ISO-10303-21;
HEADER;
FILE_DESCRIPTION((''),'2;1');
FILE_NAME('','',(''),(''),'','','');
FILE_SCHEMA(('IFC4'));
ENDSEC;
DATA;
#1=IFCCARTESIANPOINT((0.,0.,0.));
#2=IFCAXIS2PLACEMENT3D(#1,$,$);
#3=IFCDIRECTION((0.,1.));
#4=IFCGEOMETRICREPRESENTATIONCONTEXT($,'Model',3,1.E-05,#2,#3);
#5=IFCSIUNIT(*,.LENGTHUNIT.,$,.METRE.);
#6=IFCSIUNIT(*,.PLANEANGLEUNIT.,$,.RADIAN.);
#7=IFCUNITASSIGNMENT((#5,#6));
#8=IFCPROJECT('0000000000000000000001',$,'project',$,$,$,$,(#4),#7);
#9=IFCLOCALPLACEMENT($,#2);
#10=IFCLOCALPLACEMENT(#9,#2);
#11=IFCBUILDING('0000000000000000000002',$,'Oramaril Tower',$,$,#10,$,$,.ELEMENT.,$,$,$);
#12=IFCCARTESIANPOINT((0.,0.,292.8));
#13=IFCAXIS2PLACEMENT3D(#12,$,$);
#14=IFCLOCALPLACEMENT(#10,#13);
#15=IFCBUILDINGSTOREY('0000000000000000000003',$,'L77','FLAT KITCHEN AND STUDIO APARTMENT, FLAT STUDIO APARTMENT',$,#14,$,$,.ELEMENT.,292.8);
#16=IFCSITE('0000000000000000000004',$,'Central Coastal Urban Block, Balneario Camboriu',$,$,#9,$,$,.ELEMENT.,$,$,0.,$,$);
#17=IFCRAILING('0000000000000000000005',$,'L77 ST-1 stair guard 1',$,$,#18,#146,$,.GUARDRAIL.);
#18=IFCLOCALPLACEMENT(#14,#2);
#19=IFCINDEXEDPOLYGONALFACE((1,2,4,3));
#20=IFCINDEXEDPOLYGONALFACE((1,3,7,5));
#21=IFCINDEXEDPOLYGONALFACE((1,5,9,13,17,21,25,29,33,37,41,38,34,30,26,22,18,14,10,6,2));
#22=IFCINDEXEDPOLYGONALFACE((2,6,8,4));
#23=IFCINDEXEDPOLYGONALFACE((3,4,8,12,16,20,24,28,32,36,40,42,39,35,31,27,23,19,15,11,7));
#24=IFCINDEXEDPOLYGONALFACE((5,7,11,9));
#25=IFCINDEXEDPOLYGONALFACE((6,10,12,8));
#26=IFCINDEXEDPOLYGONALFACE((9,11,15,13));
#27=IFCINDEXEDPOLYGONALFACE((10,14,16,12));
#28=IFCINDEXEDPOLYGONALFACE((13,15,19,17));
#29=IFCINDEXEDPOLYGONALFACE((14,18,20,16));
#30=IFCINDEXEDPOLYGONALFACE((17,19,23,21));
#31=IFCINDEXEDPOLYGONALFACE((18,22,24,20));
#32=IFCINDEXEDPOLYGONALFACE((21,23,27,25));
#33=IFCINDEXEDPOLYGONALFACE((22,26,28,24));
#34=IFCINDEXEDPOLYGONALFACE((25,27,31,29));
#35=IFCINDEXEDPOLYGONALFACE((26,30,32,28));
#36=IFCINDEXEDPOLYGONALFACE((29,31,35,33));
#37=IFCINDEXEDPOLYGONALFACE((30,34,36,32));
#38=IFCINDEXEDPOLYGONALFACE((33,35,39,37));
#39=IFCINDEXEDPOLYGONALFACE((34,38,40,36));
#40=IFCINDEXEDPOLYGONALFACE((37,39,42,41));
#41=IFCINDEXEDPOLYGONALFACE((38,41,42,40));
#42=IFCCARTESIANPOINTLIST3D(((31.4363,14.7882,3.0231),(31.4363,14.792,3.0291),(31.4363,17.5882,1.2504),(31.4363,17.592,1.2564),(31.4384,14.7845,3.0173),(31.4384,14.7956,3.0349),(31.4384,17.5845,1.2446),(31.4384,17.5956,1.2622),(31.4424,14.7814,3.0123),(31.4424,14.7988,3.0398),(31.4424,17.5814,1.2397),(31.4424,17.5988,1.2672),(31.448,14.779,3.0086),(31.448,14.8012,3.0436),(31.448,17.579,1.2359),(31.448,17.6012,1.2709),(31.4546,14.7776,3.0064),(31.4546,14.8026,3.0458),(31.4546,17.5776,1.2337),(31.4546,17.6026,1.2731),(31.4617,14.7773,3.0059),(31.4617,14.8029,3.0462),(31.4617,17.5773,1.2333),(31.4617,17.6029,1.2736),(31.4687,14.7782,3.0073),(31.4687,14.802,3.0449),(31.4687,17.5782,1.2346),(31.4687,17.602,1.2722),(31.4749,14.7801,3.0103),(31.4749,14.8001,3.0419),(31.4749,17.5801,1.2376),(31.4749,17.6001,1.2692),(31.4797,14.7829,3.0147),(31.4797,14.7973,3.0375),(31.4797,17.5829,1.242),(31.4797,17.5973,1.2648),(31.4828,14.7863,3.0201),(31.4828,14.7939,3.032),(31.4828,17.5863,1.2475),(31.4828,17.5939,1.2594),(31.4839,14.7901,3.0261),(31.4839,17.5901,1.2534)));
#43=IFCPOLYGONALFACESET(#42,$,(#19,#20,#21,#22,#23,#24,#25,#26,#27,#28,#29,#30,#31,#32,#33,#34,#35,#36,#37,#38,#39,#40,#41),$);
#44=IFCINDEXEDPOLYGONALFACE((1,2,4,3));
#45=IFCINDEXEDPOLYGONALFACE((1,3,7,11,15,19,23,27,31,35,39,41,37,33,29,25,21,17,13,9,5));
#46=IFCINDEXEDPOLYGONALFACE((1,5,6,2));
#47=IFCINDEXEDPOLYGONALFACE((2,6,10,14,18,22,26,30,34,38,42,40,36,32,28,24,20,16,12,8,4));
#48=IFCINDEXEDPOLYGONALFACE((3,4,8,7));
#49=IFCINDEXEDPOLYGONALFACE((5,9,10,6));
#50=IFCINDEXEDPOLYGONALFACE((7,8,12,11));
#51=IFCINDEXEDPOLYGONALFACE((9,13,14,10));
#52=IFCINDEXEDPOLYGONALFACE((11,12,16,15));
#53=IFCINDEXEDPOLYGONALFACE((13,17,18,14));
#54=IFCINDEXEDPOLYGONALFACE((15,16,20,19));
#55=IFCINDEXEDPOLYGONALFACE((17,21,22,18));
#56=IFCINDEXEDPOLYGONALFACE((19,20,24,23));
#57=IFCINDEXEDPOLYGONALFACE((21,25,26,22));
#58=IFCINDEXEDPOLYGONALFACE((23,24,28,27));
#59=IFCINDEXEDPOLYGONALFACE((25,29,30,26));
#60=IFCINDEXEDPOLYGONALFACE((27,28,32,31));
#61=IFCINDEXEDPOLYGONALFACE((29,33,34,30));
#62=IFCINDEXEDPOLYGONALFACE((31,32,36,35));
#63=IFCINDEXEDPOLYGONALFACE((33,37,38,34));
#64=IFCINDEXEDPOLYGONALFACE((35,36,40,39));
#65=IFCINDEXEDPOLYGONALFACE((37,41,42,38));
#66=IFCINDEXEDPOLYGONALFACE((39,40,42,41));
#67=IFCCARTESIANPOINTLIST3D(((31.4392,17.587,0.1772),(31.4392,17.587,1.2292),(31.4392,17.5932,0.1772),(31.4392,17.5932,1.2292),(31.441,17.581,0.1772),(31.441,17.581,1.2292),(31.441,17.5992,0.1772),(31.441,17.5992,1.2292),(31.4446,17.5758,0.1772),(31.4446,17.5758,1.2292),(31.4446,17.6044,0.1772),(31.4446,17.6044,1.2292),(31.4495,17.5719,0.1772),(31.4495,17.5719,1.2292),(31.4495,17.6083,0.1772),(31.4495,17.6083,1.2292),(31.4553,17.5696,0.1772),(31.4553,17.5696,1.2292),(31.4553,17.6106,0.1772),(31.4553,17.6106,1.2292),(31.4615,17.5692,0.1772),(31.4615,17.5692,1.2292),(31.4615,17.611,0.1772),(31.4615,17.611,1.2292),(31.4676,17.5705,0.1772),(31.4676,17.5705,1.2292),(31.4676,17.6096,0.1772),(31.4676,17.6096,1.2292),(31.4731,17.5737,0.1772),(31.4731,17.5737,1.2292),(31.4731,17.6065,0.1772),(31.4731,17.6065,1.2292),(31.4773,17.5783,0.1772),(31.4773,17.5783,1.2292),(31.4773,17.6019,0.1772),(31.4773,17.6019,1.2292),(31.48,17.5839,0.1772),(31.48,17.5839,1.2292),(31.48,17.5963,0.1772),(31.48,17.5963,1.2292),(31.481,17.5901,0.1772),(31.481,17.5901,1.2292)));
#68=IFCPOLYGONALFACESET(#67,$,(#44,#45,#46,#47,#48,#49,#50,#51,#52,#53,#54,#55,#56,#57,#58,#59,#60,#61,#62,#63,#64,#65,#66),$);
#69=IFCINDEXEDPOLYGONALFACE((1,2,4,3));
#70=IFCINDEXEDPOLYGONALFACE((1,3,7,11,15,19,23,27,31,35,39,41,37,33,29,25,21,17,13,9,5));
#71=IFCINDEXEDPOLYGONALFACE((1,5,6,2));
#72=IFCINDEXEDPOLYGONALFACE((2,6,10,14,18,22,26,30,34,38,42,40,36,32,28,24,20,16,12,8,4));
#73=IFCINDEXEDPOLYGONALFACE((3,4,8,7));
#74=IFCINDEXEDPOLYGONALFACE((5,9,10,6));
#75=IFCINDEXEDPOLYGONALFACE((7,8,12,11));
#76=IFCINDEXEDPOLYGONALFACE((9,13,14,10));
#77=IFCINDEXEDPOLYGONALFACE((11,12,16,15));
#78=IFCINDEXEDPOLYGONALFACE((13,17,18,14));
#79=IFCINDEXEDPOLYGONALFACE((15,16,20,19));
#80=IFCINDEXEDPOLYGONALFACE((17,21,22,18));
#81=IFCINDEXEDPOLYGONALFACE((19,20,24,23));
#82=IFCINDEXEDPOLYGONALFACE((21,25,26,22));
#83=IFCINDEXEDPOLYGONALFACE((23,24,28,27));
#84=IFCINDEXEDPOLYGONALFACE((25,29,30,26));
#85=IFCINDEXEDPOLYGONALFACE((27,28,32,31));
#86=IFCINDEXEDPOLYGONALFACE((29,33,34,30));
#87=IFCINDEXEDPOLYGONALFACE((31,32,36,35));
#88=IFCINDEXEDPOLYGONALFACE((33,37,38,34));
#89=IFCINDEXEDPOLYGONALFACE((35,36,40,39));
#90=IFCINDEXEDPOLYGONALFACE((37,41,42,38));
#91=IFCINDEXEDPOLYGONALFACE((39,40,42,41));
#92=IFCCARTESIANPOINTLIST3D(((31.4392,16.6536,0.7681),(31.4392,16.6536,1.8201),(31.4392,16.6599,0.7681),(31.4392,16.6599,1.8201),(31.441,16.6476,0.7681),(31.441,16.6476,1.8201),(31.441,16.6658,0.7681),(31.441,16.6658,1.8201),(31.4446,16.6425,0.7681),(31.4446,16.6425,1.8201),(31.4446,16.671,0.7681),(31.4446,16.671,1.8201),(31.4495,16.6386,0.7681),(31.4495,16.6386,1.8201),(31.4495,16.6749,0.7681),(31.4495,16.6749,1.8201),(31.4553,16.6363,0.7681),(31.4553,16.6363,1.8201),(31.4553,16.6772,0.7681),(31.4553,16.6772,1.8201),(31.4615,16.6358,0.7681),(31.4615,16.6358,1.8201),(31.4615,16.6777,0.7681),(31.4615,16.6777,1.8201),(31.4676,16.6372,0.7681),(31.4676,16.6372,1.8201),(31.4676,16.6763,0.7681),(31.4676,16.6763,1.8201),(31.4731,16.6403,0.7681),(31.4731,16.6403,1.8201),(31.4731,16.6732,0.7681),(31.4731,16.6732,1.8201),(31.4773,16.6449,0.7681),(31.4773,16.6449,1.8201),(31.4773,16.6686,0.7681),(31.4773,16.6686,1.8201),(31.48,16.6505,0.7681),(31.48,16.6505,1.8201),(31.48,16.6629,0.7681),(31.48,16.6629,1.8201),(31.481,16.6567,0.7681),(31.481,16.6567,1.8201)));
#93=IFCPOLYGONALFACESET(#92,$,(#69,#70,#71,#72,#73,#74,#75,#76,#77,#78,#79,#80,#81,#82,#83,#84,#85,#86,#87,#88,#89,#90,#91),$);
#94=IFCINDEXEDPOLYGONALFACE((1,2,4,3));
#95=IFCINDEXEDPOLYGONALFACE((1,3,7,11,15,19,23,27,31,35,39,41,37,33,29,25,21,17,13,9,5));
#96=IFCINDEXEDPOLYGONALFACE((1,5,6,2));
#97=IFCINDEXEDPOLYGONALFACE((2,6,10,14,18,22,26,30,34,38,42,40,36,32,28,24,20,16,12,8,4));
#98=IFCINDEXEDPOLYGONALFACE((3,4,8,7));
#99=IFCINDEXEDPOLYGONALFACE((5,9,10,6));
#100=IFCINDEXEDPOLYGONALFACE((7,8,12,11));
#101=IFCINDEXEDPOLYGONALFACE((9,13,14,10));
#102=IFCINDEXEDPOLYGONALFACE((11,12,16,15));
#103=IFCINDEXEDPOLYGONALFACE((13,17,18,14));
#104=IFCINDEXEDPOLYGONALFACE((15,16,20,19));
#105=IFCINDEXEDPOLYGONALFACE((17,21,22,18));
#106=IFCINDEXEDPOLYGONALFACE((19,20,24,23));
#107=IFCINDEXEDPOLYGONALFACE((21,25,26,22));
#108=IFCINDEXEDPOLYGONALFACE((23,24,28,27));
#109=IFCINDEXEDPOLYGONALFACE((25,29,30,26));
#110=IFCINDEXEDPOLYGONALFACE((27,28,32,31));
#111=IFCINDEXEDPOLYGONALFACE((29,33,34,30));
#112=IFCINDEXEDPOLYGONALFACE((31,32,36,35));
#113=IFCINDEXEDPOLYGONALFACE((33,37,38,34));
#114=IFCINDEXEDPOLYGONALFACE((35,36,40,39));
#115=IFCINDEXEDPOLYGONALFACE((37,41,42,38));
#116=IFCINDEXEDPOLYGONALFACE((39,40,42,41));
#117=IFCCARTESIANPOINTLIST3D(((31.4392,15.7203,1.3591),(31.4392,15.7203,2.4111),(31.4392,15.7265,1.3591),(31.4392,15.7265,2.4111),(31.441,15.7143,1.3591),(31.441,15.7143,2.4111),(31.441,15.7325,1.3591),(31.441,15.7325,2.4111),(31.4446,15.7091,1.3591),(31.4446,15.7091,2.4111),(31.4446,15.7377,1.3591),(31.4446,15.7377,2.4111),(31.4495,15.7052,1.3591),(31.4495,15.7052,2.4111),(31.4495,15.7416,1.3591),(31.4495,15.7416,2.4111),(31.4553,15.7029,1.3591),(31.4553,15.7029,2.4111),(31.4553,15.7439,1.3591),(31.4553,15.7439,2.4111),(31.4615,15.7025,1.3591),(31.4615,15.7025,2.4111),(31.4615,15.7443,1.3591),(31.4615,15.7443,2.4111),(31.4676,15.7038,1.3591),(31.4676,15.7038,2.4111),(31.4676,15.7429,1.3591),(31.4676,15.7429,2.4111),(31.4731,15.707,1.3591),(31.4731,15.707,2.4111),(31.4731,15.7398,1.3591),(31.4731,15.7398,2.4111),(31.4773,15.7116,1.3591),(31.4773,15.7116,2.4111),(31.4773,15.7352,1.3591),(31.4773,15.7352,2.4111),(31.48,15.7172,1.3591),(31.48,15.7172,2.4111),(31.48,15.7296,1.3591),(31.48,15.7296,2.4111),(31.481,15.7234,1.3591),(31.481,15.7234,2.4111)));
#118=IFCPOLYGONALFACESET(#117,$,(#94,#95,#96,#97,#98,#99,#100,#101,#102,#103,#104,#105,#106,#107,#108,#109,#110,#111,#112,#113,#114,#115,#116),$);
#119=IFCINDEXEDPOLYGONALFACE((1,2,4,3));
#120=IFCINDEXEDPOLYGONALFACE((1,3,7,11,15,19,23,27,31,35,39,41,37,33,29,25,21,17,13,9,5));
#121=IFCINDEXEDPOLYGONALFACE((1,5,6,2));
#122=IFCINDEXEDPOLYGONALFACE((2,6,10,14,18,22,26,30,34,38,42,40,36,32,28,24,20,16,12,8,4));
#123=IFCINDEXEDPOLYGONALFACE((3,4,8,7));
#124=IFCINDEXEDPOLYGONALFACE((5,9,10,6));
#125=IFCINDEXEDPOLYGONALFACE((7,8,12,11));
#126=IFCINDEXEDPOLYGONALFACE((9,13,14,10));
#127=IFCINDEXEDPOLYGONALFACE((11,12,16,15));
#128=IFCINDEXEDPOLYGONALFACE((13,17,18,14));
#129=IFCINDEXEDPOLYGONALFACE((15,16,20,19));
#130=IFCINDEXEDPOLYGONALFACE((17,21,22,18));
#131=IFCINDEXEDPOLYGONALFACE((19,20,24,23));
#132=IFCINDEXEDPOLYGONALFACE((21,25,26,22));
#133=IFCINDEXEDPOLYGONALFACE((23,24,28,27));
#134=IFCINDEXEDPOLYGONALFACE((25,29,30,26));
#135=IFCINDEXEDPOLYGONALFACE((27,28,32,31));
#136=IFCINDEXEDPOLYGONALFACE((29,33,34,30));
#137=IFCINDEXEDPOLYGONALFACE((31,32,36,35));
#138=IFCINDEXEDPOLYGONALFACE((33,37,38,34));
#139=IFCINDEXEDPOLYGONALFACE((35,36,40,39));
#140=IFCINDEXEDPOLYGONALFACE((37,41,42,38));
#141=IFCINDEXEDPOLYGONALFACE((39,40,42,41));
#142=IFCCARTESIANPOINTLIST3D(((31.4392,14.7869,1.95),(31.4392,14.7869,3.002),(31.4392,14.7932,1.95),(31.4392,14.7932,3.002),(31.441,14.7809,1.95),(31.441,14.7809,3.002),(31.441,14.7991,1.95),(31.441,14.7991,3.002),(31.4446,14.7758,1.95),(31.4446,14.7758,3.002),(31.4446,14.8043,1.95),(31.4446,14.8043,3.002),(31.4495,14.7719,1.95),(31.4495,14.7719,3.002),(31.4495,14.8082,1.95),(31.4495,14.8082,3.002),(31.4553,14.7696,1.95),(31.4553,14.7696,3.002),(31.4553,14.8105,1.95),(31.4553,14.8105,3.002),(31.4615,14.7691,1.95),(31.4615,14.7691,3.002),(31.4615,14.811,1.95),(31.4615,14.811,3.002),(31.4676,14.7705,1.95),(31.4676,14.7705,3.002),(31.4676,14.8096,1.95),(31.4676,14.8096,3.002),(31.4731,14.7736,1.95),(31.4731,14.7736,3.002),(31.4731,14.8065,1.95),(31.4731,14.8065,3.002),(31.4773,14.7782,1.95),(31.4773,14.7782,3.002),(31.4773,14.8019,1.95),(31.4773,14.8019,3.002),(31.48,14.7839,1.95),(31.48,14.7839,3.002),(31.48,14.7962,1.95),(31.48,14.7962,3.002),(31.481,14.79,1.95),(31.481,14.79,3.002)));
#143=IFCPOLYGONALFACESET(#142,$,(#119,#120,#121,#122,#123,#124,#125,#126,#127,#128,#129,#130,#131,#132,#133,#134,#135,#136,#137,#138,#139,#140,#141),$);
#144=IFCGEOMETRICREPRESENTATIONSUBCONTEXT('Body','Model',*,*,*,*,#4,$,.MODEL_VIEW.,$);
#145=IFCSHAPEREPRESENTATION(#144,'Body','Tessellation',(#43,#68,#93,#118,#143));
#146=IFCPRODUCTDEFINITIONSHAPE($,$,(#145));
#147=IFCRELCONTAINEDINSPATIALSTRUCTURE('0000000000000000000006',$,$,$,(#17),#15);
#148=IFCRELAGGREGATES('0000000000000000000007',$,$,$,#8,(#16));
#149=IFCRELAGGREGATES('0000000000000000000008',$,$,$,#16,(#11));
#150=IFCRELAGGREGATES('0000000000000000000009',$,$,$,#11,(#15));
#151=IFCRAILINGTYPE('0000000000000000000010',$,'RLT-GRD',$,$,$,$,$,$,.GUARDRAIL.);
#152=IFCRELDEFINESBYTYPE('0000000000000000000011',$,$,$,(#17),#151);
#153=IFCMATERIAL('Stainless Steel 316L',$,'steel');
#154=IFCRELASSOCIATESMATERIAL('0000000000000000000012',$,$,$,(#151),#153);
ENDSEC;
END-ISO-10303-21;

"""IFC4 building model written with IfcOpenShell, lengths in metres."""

from ifc_helpers import new_model, si_unit, direction, frame, origin, origin_2d, place, context, subcontext, project, spatial, circle, extrude, material, type_object, element, save


model = new_model("IFC4")

# Units and contexts
model_context = context("Model", 3, precision=1e-05, world=origin(), true_north=direction((0.0, 1.0)))
body_context = subcontext(model_context, "Body", "Model", "MODEL_VIEW")
ifc_project = project(units=[si_unit("LENGTHUNIT", "METRE"), si_unit("PLANEANGLEUNIT", "RADIAN")], contexts=[model_context])

# Site, building, storey
site_placement = place(None, origin())
site = spatial("IfcSite", under=ifc_project, at=site_placement, Name="Central Coastal Urban Block, Balneario Camboriu", CompositionType="ELEMENT", RefElevation=0.0)
building_placement = place(site_placement, origin())
building = spatial("IfcBuilding", under=site, at=building_placement, Name="Oramaril Tower", CompositionType="ELEMENT")
storey_placement = place(building_placement, frame((0.0, 0.0, 292.8)))
storey = spatial("IfcBuildingStorey", under=building, at=storey_placement, Name="L77", Description="FLAT KITCHEN AND STUDIO APARTMENT, FLAT STUDIO APARTMENT", CompositionType="ELEMENT", Elevation=292.8)

# Railing
ifc_material_1 = material(Name="Stainless Steel 316L", Category="steel")
railing_type_1 = type_object("IfcRailingType", Name="RLT-GRD", PredefinedType="GUARDRAIL", material=ifc_material_1)
railing_1_placement = place(storey_placement, frame((31.46, 17.5901, 0.1772)))
element("IfcRailing", 1, at=railing_1_placement, inside=storey, type_object=railing_type_1, Name="L77 ST-1 stair guard 1", PredefinedType="GUARDRAIL", context=body_context, shape_type="SweptSolid", body=[
    extrude(circle(Radius=0.0239, at=origin_2d()), frame((0.0, 0.0, 1.0762), z_axis=(0.0, -0.844909, 0.53491), x_axis=(1.0, 0.0, 0.0)), (0.0, 0.0, 1.0), 3.314),
    extrude(circle(Radius=0.021, at=origin_2d()), origin(), (0.0, 0.0, 1.0), 1.052),
    extrude(circle(Radius=0.021, at=origin_2d()), frame((0.0, -0.9333, 0.5908)), (0.0, 0.0, 1.0), 1.052),
    extrude(circle(Radius=0.021, at=origin_2d()), frame((0.0, -1.8667, 1.1819)), (0.0, 0.0, 1.0), 1.052),
    extrude(circle(Radius=0.021, at=origin_2d()), frame((0.0, -2.8, 1.7727)), (0.0, 0.0, 1.0), 1.052),
])

save(model, "model.ifc")
